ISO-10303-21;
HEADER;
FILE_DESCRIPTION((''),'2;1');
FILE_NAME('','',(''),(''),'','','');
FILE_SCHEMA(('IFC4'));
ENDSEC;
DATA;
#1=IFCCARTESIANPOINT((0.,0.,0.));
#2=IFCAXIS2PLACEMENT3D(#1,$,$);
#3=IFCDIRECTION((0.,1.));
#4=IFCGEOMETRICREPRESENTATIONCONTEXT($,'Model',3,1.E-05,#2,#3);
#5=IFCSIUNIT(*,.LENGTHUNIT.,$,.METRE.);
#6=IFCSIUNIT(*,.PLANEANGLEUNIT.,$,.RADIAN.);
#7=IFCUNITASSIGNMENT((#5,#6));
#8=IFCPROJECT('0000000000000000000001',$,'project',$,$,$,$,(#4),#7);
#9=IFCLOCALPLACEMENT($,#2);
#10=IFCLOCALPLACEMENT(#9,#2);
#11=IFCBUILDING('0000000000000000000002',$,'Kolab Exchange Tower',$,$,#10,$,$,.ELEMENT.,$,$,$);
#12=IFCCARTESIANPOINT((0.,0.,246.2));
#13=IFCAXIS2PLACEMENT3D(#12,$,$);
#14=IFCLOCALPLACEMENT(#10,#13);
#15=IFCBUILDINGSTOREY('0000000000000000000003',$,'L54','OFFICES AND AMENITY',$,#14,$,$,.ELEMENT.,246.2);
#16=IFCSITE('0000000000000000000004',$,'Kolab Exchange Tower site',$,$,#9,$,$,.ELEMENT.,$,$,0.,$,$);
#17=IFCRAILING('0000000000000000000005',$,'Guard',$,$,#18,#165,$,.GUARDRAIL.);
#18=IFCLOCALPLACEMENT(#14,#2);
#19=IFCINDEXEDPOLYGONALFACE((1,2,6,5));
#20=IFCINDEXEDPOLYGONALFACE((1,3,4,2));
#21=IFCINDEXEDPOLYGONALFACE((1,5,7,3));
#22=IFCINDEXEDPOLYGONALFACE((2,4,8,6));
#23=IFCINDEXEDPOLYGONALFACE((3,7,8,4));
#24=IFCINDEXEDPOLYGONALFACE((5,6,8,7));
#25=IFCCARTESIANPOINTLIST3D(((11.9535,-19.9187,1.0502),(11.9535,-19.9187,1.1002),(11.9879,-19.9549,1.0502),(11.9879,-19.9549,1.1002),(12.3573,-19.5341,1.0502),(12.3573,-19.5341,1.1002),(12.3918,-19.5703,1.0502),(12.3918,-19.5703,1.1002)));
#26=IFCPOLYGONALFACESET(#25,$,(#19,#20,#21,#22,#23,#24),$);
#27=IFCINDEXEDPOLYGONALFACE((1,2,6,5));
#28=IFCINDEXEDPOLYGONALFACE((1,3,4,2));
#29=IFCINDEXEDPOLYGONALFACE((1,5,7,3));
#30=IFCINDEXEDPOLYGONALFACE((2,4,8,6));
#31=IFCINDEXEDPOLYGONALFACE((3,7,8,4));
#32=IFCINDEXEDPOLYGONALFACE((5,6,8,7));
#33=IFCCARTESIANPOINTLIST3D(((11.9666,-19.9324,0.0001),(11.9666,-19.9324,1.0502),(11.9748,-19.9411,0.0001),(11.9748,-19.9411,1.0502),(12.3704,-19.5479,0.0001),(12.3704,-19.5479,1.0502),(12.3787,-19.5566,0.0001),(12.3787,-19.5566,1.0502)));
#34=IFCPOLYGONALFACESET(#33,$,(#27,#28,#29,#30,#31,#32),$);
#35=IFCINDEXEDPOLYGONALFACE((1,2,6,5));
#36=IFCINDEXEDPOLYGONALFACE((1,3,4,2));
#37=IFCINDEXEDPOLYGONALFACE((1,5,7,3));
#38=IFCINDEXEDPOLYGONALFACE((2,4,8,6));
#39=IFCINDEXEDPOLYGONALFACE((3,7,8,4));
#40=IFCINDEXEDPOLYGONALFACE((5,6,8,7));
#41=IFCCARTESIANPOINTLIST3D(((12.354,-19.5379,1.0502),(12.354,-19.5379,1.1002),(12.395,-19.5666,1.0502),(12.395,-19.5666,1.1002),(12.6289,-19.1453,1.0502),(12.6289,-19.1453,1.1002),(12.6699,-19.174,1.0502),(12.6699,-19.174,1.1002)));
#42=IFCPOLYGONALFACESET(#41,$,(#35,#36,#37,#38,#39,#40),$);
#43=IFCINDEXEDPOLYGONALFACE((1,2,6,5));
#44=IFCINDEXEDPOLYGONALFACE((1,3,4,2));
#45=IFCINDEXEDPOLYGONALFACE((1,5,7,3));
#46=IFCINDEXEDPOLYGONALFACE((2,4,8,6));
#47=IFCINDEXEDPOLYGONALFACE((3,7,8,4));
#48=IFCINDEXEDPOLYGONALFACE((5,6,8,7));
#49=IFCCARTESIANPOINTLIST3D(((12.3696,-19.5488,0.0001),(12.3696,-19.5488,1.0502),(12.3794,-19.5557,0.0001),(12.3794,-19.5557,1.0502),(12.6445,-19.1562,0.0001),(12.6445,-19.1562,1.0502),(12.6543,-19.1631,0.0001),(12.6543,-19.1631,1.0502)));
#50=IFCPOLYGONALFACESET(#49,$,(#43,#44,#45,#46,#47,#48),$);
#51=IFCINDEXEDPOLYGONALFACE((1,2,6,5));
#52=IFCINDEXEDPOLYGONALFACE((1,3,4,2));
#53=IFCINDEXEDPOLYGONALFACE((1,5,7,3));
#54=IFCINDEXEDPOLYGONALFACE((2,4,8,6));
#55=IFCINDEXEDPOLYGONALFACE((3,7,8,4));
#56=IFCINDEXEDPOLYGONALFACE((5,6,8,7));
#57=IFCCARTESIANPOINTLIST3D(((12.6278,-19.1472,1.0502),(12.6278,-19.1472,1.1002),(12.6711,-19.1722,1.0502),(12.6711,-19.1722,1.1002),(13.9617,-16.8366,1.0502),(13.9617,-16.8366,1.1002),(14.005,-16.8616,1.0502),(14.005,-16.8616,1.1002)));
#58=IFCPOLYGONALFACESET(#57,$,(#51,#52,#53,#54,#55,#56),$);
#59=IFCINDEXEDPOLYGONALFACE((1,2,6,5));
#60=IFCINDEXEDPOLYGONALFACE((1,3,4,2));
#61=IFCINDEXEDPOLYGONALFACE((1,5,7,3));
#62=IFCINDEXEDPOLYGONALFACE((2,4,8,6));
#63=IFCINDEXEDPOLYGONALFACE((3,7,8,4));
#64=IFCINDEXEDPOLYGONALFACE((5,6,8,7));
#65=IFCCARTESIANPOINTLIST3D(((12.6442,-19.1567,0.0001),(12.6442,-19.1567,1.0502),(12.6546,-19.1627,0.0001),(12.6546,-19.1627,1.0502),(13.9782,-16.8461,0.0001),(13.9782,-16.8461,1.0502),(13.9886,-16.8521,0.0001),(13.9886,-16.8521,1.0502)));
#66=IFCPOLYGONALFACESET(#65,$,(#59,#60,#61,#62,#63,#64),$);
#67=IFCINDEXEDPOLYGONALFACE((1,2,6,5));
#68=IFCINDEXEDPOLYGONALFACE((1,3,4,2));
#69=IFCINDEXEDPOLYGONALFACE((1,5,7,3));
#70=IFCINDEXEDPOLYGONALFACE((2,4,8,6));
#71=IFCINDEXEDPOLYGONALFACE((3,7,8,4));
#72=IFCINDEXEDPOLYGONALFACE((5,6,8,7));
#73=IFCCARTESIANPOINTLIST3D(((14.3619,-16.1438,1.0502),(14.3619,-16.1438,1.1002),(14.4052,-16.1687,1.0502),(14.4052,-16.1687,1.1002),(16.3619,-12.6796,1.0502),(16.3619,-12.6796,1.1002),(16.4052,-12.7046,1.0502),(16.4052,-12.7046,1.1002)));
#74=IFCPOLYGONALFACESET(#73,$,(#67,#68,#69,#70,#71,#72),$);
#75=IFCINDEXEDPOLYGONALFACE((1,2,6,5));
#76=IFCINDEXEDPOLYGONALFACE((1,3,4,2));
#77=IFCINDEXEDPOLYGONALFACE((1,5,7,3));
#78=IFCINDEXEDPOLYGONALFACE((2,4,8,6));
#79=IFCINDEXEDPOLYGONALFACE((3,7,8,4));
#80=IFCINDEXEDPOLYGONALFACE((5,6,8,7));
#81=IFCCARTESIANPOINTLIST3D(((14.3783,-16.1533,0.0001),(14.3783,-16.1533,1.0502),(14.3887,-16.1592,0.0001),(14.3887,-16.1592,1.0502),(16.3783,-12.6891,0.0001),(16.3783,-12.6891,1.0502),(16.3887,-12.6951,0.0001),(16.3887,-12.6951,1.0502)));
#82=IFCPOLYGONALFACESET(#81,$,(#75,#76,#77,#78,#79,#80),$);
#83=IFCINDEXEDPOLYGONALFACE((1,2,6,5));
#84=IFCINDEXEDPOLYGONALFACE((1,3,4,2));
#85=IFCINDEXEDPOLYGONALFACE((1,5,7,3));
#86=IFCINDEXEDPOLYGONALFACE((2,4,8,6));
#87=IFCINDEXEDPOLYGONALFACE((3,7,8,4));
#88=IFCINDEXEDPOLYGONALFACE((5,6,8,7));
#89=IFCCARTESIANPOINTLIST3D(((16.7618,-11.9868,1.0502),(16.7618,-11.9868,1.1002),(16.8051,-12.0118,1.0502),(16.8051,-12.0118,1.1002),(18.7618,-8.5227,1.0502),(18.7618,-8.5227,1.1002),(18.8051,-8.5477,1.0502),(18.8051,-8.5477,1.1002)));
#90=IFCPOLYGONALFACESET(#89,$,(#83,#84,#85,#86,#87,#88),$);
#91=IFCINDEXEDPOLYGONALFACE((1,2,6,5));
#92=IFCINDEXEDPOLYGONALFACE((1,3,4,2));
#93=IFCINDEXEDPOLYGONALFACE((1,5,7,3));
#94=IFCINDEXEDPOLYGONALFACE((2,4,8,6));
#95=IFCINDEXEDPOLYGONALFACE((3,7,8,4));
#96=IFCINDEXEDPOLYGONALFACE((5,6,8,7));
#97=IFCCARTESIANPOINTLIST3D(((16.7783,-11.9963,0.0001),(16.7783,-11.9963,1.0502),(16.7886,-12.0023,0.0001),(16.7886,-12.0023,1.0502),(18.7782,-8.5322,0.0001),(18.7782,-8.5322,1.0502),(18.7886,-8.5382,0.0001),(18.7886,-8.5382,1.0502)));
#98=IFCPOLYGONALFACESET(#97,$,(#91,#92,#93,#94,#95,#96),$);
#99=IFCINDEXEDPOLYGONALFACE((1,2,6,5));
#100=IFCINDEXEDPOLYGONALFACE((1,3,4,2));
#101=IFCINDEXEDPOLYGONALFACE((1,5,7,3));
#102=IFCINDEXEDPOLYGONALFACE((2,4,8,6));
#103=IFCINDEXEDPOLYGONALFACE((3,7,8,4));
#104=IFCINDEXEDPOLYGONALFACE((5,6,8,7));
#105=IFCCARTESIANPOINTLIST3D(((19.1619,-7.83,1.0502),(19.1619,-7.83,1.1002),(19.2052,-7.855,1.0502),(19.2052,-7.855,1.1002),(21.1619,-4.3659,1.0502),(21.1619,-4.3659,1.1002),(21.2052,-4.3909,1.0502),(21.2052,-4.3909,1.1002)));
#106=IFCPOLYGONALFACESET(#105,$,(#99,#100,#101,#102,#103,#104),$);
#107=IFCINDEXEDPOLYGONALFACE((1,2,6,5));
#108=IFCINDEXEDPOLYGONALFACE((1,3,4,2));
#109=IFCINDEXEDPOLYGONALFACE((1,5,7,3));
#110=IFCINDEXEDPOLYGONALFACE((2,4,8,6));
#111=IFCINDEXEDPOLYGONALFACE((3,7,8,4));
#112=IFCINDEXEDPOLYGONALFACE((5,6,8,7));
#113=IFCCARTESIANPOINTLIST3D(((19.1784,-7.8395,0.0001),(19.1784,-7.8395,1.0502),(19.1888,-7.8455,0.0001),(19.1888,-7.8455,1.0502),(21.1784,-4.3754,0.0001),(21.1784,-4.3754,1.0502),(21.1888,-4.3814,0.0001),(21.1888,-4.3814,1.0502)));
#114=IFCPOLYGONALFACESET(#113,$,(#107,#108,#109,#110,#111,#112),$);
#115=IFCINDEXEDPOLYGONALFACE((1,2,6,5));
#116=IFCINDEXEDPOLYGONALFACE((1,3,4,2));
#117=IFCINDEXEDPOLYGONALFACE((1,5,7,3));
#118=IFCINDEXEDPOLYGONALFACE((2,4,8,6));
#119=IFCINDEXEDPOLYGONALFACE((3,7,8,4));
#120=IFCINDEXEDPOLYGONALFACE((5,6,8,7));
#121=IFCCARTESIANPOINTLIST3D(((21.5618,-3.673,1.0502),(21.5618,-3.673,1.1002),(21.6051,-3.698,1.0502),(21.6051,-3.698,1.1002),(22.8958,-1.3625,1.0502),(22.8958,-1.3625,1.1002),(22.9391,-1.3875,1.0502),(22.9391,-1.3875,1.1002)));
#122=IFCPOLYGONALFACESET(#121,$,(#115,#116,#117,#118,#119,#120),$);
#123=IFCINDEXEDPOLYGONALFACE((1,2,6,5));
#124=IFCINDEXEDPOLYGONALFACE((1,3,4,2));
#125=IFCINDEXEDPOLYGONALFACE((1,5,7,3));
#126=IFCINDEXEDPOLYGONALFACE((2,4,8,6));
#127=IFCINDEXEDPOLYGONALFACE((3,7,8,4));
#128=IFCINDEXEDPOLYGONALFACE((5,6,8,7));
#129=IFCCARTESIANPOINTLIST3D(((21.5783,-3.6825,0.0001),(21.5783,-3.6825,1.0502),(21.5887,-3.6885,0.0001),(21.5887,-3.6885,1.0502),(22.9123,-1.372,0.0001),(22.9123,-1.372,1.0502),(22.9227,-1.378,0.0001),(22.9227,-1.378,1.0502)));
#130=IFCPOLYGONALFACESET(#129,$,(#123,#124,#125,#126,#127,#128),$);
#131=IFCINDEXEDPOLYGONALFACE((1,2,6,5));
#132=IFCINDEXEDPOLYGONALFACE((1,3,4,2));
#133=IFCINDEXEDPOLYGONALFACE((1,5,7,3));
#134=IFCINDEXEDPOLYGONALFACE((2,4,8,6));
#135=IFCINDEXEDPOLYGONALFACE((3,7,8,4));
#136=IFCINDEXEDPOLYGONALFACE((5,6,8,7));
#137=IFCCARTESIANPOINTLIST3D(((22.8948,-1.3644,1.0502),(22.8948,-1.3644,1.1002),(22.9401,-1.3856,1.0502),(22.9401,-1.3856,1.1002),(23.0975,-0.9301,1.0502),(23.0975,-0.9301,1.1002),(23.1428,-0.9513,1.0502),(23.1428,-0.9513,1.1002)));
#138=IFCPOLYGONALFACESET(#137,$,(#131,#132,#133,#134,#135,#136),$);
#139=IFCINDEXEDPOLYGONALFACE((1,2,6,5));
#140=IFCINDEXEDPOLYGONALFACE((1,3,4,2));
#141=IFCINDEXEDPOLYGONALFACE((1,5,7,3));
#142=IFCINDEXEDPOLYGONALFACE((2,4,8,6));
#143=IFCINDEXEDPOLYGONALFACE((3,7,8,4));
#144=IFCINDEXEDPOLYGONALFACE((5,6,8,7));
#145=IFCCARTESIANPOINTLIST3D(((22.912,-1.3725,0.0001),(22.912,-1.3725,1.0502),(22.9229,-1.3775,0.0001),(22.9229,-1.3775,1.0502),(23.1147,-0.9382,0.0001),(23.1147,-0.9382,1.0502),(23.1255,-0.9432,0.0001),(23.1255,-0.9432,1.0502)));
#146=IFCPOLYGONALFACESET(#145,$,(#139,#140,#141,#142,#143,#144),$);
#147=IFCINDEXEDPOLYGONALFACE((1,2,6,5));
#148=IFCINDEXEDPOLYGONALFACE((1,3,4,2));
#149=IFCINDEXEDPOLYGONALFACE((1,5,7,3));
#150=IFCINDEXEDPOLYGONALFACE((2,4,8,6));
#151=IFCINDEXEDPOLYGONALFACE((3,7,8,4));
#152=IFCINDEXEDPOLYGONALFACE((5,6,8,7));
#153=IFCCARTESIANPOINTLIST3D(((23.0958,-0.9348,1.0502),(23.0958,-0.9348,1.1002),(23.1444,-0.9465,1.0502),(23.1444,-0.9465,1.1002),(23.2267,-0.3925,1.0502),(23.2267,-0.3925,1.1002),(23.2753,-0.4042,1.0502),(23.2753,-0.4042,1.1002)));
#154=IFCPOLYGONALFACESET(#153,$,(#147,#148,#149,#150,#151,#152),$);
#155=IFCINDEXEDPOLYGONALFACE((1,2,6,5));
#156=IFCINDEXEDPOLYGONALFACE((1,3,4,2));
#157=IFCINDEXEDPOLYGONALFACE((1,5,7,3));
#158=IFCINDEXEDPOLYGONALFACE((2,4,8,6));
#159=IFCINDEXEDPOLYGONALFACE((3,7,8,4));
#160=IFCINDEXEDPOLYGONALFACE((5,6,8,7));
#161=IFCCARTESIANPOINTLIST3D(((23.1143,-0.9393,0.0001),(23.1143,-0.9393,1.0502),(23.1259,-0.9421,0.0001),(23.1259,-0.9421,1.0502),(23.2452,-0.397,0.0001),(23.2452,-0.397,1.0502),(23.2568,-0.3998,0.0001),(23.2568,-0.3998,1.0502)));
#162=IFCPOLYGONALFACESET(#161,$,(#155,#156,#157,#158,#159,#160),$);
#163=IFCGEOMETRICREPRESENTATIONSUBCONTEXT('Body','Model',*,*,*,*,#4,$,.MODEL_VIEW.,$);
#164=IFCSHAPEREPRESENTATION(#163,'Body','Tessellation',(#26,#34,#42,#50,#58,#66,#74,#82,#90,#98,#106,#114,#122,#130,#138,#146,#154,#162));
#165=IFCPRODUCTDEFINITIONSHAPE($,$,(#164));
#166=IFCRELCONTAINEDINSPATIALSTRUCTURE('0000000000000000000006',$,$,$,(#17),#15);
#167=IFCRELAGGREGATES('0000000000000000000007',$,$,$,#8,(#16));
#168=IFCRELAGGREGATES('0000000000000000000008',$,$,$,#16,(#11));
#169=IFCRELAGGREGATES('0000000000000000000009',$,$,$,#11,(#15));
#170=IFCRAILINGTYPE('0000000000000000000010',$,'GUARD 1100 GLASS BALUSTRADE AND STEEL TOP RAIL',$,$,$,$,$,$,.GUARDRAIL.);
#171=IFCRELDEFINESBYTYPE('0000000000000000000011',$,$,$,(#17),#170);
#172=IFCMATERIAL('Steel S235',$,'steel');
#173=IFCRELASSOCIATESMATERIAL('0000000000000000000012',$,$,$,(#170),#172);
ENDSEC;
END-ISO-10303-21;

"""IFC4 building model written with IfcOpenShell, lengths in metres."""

from ifc_helpers import new_model, si_unit, direction, frame, frame_2d, origin, origin_2d, place, context, subcontext, project, spatial, rectangle, extrude, material, type_object, element, save


model = new_model("IFC4")

# Units and contexts
model_context = context("Model", 3, precision=1e-05, world=origin(), true_north=direction((0.0, 1.0)))
body_context = subcontext(model_context, "Body", "Model", "MODEL_VIEW")
ifc_project = project(units=[si_unit("LENGTHUNIT", "METRE"), si_unit("PLANEANGLEUNIT", "RADIAN")], contexts=[model_context])

# Site, building, storey
site_placement = place(None, origin())
site = spatial("IfcSite", under=ifc_project, at=site_placement, Name="Kolab Exchange Tower site", CompositionType="ELEMENT", RefElevation=0.0)
building_placement = place(site_placement, origin())
building = spatial("IfcBuilding", under=site, at=building_placement, Name="Kolab Exchange Tower", CompositionType="ELEMENT")
storey_placement = place(building_placement, frame((0.0, 0.0, 246.2)))
storey = spatial("IfcBuildingStorey", under=building, at=storey_placement, Name="L54", Description="OFFICES AND AMENITY", CompositionType="ELEMENT", Elevation=246.2)

# Railing
ifc_material_1 = material(Name="Steel S235", Category="steel")
railing_type = type_object("IfcRailingType", Name="GUARD 1100 GLASS BALUSTRADE AND STEEL TOP RAIL", PredefinedType="GUARDRAIL", material=ifc_material_1)
railing_placement = place(storey_placement, frame((11.9707, -19.9368, 0.0)))
element("IfcRailing", 1, at=railing_placement, inside=storey, type_object=railing_type, Name="Guard", PredefinedType="GUARDRAIL", context=body_context, shape_type="SweptSolid", body=[
    extrude(rectangle(XDim=0.05, YDim=0.05, at=origin_2d()), frame((0.0, 0.0, 1.0752), z_axis=(0.72419, 0.689601, 0.0), x_axis=(-0.689601, 0.72419, 0.0)), (0.0, 0.0, 1.0), 0.5576),
    extrude(rectangle(XDim=0.012, YDim=1.0501, at=frame_2d((0.0, 0.5251))), frame((0.0, 0.0, 0.0), z_axis=(0.72419, 0.689601, 0.0), x_axis=(-0.689601, 0.72419, 0.0)), (0.0, 0.0, 1.0), 0.5576),
    extrude(rectangle(XDim=0.05, YDim=0.05, at=origin_2d()), frame((0.4038, 0.3845, 1.0752), z_axis=(0.573599, 0.819136, 0.0), x_axis=(-0.819136, 0.573599, 0.0)), (0.0, 0.0, 1.0), 0.4792),
    extrude(rectangle(XDim=0.012, YDim=1.0501, at=frame_2d((0.0, 0.5251))), frame((0.4038, 0.3845, 0.0), z_axis=(0.573599, 0.819136, 0.0), x_axis=(-0.819136, 0.573599, 0.0)), (0.0, 0.0, 1.0), 0.4792),
    extrude(rectangle(XDim=0.05, YDim=0.05, at=origin_2d()), frame((0.6787, 0.7771, 1.0752), z_axis=(0.499997, 0.866027, 0.0), x_axis=(-0.866027, 0.499997, 0.0)), (0.0, 0.0, 1.0), 2.668),
    extrude(rectangle(XDim=0.012, YDim=1.0501, at=frame_2d((0.0, 0.5251))), frame((0.6787, 0.7771, 0.0), z_axis=(0.499997, 0.866027, 0.0), x_axis=(-0.866027, 0.499997, 0.0)), (0.0, 0.0, 1.0), 2.668),
    extrude(rectangle(XDim=0.05, YDim=0.05, at=origin_2d()), frame((2.4128, 3.7805, 1.0752), z_axis=(0.499999, 0.866026, 0.0), x_axis=(-0.866026, 0.499999, 0.0)), (0.0, 0.0, 1.0), 4.0),
    extrude(rectangle(XDim=0.012, YDim=1.0501, at=frame_2d((0.0, 0.5251))), frame((2.4128, 3.7805, 0.0), z_axis=(0.499999, 0.866026, 0.0), x_axis=(-0.866026, 0.499999, 0.0)), (0.0, 0.0, 1.0), 4.0),
    extrude(rectangle(XDim=0.05, YDim=0.05, at=origin_2d()), frame((4.8127, 7.9375, 1.0752), z_axis=(0.499999, 0.866026, 0.0), x_axis=(-0.866026, 0.499999, 0.0)), (0.0, 0.0, 1.0), 4.0),
    extrude(rectangle(XDim=0.012, YDim=1.0501, at=frame_2d((0.0, 0.5251))), frame((4.8127, 7.9375, 0.0), z_axis=(0.499999, 0.866026, 0.0), x_axis=(-0.866026, 0.499999, 0.0)), (0.0, 0.0, 1.0), 4.0),
    extrude(rectangle(XDim=0.05, YDim=0.05, at=origin_2d()), frame((7.2129, 12.0942, 1.0752), z_axis=(0.499999, 0.866026, 0.0), x_axis=(-0.866026, 0.499999, 0.0)), (0.0, 0.0, 1.0), 4.0),
    extrude(rectangle(XDim=0.012, YDim=1.0501, at=frame_2d((0.0, 0.5251))), frame((7.2129, 12.0942, 0.0), z_axis=(0.499999, 0.866026, 0.0), x_axis=(-0.866026, 0.499999, 0.0)), (0.0, 0.0, 1.0), 4.0),
    extrude(rectangle(XDim=0.05, YDim=0.05, at=origin_2d()), frame((9.6128, 16.2512, 1.0752), z_axis=(0.499997, 0.866027, 0.0), x_axis=(-0.866027, 0.499997, 0.0)), (0.0, 0.0, 1.0), 2.668),
    extrude(rectangle(XDim=0.012, YDim=1.0501, at=frame_2d((0.0, 0.5251))), frame((9.6128, 16.2512, 0.0), z_axis=(0.499997, 0.866027, 0.0), x_axis=(-0.866027, 0.499997, 0.0)), (0.0, 0.0, 1.0), 2.668),
    extrude(rectangle(XDim=0.05, YDim=0.05, at=origin_2d()), frame((10.9468, 18.5618, 1.0752), z_axis=(0.422802, 0.906222, 0.0), x_axis=(-0.906222, 0.422802, 0.0)), (0.0, 0.0, 1.0), 0.4792),
    extrude(rectangle(XDim=0.012, YDim=1.0501, at=frame_2d((0.0, 0.5251))), frame((10.9468, 18.5618, 0.0), z_axis=(0.422802, 0.906222, 0.0), x_axis=(-0.906222, 0.422802, 0.0)), (0.0, 0.0, 1.0), 0.4792),
    extrude(rectangle(XDim=0.05, YDim=0.05, at=origin_2d()), frame((11.1494, 18.9961, 1.0752), z_axis=(0.234598, 0.972093, 0.0), x_axis=(-0.972093, 0.234598, 0.0)), (0.0, 0.0, 1.0), 0.5579),
    extrude(rectangle(XDim=0.012, YDim=1.0501, at=frame_2d((0.0, 0.5251))), frame((11.1494, 18.9961, 0.0), z_axis=(0.234598, 0.972093, 0.0), x_axis=(-0.972093, 0.234598, 0.0)), (0.0, 0.0, 1.0), 0.5579),
])

save(model, "model.ifc")
